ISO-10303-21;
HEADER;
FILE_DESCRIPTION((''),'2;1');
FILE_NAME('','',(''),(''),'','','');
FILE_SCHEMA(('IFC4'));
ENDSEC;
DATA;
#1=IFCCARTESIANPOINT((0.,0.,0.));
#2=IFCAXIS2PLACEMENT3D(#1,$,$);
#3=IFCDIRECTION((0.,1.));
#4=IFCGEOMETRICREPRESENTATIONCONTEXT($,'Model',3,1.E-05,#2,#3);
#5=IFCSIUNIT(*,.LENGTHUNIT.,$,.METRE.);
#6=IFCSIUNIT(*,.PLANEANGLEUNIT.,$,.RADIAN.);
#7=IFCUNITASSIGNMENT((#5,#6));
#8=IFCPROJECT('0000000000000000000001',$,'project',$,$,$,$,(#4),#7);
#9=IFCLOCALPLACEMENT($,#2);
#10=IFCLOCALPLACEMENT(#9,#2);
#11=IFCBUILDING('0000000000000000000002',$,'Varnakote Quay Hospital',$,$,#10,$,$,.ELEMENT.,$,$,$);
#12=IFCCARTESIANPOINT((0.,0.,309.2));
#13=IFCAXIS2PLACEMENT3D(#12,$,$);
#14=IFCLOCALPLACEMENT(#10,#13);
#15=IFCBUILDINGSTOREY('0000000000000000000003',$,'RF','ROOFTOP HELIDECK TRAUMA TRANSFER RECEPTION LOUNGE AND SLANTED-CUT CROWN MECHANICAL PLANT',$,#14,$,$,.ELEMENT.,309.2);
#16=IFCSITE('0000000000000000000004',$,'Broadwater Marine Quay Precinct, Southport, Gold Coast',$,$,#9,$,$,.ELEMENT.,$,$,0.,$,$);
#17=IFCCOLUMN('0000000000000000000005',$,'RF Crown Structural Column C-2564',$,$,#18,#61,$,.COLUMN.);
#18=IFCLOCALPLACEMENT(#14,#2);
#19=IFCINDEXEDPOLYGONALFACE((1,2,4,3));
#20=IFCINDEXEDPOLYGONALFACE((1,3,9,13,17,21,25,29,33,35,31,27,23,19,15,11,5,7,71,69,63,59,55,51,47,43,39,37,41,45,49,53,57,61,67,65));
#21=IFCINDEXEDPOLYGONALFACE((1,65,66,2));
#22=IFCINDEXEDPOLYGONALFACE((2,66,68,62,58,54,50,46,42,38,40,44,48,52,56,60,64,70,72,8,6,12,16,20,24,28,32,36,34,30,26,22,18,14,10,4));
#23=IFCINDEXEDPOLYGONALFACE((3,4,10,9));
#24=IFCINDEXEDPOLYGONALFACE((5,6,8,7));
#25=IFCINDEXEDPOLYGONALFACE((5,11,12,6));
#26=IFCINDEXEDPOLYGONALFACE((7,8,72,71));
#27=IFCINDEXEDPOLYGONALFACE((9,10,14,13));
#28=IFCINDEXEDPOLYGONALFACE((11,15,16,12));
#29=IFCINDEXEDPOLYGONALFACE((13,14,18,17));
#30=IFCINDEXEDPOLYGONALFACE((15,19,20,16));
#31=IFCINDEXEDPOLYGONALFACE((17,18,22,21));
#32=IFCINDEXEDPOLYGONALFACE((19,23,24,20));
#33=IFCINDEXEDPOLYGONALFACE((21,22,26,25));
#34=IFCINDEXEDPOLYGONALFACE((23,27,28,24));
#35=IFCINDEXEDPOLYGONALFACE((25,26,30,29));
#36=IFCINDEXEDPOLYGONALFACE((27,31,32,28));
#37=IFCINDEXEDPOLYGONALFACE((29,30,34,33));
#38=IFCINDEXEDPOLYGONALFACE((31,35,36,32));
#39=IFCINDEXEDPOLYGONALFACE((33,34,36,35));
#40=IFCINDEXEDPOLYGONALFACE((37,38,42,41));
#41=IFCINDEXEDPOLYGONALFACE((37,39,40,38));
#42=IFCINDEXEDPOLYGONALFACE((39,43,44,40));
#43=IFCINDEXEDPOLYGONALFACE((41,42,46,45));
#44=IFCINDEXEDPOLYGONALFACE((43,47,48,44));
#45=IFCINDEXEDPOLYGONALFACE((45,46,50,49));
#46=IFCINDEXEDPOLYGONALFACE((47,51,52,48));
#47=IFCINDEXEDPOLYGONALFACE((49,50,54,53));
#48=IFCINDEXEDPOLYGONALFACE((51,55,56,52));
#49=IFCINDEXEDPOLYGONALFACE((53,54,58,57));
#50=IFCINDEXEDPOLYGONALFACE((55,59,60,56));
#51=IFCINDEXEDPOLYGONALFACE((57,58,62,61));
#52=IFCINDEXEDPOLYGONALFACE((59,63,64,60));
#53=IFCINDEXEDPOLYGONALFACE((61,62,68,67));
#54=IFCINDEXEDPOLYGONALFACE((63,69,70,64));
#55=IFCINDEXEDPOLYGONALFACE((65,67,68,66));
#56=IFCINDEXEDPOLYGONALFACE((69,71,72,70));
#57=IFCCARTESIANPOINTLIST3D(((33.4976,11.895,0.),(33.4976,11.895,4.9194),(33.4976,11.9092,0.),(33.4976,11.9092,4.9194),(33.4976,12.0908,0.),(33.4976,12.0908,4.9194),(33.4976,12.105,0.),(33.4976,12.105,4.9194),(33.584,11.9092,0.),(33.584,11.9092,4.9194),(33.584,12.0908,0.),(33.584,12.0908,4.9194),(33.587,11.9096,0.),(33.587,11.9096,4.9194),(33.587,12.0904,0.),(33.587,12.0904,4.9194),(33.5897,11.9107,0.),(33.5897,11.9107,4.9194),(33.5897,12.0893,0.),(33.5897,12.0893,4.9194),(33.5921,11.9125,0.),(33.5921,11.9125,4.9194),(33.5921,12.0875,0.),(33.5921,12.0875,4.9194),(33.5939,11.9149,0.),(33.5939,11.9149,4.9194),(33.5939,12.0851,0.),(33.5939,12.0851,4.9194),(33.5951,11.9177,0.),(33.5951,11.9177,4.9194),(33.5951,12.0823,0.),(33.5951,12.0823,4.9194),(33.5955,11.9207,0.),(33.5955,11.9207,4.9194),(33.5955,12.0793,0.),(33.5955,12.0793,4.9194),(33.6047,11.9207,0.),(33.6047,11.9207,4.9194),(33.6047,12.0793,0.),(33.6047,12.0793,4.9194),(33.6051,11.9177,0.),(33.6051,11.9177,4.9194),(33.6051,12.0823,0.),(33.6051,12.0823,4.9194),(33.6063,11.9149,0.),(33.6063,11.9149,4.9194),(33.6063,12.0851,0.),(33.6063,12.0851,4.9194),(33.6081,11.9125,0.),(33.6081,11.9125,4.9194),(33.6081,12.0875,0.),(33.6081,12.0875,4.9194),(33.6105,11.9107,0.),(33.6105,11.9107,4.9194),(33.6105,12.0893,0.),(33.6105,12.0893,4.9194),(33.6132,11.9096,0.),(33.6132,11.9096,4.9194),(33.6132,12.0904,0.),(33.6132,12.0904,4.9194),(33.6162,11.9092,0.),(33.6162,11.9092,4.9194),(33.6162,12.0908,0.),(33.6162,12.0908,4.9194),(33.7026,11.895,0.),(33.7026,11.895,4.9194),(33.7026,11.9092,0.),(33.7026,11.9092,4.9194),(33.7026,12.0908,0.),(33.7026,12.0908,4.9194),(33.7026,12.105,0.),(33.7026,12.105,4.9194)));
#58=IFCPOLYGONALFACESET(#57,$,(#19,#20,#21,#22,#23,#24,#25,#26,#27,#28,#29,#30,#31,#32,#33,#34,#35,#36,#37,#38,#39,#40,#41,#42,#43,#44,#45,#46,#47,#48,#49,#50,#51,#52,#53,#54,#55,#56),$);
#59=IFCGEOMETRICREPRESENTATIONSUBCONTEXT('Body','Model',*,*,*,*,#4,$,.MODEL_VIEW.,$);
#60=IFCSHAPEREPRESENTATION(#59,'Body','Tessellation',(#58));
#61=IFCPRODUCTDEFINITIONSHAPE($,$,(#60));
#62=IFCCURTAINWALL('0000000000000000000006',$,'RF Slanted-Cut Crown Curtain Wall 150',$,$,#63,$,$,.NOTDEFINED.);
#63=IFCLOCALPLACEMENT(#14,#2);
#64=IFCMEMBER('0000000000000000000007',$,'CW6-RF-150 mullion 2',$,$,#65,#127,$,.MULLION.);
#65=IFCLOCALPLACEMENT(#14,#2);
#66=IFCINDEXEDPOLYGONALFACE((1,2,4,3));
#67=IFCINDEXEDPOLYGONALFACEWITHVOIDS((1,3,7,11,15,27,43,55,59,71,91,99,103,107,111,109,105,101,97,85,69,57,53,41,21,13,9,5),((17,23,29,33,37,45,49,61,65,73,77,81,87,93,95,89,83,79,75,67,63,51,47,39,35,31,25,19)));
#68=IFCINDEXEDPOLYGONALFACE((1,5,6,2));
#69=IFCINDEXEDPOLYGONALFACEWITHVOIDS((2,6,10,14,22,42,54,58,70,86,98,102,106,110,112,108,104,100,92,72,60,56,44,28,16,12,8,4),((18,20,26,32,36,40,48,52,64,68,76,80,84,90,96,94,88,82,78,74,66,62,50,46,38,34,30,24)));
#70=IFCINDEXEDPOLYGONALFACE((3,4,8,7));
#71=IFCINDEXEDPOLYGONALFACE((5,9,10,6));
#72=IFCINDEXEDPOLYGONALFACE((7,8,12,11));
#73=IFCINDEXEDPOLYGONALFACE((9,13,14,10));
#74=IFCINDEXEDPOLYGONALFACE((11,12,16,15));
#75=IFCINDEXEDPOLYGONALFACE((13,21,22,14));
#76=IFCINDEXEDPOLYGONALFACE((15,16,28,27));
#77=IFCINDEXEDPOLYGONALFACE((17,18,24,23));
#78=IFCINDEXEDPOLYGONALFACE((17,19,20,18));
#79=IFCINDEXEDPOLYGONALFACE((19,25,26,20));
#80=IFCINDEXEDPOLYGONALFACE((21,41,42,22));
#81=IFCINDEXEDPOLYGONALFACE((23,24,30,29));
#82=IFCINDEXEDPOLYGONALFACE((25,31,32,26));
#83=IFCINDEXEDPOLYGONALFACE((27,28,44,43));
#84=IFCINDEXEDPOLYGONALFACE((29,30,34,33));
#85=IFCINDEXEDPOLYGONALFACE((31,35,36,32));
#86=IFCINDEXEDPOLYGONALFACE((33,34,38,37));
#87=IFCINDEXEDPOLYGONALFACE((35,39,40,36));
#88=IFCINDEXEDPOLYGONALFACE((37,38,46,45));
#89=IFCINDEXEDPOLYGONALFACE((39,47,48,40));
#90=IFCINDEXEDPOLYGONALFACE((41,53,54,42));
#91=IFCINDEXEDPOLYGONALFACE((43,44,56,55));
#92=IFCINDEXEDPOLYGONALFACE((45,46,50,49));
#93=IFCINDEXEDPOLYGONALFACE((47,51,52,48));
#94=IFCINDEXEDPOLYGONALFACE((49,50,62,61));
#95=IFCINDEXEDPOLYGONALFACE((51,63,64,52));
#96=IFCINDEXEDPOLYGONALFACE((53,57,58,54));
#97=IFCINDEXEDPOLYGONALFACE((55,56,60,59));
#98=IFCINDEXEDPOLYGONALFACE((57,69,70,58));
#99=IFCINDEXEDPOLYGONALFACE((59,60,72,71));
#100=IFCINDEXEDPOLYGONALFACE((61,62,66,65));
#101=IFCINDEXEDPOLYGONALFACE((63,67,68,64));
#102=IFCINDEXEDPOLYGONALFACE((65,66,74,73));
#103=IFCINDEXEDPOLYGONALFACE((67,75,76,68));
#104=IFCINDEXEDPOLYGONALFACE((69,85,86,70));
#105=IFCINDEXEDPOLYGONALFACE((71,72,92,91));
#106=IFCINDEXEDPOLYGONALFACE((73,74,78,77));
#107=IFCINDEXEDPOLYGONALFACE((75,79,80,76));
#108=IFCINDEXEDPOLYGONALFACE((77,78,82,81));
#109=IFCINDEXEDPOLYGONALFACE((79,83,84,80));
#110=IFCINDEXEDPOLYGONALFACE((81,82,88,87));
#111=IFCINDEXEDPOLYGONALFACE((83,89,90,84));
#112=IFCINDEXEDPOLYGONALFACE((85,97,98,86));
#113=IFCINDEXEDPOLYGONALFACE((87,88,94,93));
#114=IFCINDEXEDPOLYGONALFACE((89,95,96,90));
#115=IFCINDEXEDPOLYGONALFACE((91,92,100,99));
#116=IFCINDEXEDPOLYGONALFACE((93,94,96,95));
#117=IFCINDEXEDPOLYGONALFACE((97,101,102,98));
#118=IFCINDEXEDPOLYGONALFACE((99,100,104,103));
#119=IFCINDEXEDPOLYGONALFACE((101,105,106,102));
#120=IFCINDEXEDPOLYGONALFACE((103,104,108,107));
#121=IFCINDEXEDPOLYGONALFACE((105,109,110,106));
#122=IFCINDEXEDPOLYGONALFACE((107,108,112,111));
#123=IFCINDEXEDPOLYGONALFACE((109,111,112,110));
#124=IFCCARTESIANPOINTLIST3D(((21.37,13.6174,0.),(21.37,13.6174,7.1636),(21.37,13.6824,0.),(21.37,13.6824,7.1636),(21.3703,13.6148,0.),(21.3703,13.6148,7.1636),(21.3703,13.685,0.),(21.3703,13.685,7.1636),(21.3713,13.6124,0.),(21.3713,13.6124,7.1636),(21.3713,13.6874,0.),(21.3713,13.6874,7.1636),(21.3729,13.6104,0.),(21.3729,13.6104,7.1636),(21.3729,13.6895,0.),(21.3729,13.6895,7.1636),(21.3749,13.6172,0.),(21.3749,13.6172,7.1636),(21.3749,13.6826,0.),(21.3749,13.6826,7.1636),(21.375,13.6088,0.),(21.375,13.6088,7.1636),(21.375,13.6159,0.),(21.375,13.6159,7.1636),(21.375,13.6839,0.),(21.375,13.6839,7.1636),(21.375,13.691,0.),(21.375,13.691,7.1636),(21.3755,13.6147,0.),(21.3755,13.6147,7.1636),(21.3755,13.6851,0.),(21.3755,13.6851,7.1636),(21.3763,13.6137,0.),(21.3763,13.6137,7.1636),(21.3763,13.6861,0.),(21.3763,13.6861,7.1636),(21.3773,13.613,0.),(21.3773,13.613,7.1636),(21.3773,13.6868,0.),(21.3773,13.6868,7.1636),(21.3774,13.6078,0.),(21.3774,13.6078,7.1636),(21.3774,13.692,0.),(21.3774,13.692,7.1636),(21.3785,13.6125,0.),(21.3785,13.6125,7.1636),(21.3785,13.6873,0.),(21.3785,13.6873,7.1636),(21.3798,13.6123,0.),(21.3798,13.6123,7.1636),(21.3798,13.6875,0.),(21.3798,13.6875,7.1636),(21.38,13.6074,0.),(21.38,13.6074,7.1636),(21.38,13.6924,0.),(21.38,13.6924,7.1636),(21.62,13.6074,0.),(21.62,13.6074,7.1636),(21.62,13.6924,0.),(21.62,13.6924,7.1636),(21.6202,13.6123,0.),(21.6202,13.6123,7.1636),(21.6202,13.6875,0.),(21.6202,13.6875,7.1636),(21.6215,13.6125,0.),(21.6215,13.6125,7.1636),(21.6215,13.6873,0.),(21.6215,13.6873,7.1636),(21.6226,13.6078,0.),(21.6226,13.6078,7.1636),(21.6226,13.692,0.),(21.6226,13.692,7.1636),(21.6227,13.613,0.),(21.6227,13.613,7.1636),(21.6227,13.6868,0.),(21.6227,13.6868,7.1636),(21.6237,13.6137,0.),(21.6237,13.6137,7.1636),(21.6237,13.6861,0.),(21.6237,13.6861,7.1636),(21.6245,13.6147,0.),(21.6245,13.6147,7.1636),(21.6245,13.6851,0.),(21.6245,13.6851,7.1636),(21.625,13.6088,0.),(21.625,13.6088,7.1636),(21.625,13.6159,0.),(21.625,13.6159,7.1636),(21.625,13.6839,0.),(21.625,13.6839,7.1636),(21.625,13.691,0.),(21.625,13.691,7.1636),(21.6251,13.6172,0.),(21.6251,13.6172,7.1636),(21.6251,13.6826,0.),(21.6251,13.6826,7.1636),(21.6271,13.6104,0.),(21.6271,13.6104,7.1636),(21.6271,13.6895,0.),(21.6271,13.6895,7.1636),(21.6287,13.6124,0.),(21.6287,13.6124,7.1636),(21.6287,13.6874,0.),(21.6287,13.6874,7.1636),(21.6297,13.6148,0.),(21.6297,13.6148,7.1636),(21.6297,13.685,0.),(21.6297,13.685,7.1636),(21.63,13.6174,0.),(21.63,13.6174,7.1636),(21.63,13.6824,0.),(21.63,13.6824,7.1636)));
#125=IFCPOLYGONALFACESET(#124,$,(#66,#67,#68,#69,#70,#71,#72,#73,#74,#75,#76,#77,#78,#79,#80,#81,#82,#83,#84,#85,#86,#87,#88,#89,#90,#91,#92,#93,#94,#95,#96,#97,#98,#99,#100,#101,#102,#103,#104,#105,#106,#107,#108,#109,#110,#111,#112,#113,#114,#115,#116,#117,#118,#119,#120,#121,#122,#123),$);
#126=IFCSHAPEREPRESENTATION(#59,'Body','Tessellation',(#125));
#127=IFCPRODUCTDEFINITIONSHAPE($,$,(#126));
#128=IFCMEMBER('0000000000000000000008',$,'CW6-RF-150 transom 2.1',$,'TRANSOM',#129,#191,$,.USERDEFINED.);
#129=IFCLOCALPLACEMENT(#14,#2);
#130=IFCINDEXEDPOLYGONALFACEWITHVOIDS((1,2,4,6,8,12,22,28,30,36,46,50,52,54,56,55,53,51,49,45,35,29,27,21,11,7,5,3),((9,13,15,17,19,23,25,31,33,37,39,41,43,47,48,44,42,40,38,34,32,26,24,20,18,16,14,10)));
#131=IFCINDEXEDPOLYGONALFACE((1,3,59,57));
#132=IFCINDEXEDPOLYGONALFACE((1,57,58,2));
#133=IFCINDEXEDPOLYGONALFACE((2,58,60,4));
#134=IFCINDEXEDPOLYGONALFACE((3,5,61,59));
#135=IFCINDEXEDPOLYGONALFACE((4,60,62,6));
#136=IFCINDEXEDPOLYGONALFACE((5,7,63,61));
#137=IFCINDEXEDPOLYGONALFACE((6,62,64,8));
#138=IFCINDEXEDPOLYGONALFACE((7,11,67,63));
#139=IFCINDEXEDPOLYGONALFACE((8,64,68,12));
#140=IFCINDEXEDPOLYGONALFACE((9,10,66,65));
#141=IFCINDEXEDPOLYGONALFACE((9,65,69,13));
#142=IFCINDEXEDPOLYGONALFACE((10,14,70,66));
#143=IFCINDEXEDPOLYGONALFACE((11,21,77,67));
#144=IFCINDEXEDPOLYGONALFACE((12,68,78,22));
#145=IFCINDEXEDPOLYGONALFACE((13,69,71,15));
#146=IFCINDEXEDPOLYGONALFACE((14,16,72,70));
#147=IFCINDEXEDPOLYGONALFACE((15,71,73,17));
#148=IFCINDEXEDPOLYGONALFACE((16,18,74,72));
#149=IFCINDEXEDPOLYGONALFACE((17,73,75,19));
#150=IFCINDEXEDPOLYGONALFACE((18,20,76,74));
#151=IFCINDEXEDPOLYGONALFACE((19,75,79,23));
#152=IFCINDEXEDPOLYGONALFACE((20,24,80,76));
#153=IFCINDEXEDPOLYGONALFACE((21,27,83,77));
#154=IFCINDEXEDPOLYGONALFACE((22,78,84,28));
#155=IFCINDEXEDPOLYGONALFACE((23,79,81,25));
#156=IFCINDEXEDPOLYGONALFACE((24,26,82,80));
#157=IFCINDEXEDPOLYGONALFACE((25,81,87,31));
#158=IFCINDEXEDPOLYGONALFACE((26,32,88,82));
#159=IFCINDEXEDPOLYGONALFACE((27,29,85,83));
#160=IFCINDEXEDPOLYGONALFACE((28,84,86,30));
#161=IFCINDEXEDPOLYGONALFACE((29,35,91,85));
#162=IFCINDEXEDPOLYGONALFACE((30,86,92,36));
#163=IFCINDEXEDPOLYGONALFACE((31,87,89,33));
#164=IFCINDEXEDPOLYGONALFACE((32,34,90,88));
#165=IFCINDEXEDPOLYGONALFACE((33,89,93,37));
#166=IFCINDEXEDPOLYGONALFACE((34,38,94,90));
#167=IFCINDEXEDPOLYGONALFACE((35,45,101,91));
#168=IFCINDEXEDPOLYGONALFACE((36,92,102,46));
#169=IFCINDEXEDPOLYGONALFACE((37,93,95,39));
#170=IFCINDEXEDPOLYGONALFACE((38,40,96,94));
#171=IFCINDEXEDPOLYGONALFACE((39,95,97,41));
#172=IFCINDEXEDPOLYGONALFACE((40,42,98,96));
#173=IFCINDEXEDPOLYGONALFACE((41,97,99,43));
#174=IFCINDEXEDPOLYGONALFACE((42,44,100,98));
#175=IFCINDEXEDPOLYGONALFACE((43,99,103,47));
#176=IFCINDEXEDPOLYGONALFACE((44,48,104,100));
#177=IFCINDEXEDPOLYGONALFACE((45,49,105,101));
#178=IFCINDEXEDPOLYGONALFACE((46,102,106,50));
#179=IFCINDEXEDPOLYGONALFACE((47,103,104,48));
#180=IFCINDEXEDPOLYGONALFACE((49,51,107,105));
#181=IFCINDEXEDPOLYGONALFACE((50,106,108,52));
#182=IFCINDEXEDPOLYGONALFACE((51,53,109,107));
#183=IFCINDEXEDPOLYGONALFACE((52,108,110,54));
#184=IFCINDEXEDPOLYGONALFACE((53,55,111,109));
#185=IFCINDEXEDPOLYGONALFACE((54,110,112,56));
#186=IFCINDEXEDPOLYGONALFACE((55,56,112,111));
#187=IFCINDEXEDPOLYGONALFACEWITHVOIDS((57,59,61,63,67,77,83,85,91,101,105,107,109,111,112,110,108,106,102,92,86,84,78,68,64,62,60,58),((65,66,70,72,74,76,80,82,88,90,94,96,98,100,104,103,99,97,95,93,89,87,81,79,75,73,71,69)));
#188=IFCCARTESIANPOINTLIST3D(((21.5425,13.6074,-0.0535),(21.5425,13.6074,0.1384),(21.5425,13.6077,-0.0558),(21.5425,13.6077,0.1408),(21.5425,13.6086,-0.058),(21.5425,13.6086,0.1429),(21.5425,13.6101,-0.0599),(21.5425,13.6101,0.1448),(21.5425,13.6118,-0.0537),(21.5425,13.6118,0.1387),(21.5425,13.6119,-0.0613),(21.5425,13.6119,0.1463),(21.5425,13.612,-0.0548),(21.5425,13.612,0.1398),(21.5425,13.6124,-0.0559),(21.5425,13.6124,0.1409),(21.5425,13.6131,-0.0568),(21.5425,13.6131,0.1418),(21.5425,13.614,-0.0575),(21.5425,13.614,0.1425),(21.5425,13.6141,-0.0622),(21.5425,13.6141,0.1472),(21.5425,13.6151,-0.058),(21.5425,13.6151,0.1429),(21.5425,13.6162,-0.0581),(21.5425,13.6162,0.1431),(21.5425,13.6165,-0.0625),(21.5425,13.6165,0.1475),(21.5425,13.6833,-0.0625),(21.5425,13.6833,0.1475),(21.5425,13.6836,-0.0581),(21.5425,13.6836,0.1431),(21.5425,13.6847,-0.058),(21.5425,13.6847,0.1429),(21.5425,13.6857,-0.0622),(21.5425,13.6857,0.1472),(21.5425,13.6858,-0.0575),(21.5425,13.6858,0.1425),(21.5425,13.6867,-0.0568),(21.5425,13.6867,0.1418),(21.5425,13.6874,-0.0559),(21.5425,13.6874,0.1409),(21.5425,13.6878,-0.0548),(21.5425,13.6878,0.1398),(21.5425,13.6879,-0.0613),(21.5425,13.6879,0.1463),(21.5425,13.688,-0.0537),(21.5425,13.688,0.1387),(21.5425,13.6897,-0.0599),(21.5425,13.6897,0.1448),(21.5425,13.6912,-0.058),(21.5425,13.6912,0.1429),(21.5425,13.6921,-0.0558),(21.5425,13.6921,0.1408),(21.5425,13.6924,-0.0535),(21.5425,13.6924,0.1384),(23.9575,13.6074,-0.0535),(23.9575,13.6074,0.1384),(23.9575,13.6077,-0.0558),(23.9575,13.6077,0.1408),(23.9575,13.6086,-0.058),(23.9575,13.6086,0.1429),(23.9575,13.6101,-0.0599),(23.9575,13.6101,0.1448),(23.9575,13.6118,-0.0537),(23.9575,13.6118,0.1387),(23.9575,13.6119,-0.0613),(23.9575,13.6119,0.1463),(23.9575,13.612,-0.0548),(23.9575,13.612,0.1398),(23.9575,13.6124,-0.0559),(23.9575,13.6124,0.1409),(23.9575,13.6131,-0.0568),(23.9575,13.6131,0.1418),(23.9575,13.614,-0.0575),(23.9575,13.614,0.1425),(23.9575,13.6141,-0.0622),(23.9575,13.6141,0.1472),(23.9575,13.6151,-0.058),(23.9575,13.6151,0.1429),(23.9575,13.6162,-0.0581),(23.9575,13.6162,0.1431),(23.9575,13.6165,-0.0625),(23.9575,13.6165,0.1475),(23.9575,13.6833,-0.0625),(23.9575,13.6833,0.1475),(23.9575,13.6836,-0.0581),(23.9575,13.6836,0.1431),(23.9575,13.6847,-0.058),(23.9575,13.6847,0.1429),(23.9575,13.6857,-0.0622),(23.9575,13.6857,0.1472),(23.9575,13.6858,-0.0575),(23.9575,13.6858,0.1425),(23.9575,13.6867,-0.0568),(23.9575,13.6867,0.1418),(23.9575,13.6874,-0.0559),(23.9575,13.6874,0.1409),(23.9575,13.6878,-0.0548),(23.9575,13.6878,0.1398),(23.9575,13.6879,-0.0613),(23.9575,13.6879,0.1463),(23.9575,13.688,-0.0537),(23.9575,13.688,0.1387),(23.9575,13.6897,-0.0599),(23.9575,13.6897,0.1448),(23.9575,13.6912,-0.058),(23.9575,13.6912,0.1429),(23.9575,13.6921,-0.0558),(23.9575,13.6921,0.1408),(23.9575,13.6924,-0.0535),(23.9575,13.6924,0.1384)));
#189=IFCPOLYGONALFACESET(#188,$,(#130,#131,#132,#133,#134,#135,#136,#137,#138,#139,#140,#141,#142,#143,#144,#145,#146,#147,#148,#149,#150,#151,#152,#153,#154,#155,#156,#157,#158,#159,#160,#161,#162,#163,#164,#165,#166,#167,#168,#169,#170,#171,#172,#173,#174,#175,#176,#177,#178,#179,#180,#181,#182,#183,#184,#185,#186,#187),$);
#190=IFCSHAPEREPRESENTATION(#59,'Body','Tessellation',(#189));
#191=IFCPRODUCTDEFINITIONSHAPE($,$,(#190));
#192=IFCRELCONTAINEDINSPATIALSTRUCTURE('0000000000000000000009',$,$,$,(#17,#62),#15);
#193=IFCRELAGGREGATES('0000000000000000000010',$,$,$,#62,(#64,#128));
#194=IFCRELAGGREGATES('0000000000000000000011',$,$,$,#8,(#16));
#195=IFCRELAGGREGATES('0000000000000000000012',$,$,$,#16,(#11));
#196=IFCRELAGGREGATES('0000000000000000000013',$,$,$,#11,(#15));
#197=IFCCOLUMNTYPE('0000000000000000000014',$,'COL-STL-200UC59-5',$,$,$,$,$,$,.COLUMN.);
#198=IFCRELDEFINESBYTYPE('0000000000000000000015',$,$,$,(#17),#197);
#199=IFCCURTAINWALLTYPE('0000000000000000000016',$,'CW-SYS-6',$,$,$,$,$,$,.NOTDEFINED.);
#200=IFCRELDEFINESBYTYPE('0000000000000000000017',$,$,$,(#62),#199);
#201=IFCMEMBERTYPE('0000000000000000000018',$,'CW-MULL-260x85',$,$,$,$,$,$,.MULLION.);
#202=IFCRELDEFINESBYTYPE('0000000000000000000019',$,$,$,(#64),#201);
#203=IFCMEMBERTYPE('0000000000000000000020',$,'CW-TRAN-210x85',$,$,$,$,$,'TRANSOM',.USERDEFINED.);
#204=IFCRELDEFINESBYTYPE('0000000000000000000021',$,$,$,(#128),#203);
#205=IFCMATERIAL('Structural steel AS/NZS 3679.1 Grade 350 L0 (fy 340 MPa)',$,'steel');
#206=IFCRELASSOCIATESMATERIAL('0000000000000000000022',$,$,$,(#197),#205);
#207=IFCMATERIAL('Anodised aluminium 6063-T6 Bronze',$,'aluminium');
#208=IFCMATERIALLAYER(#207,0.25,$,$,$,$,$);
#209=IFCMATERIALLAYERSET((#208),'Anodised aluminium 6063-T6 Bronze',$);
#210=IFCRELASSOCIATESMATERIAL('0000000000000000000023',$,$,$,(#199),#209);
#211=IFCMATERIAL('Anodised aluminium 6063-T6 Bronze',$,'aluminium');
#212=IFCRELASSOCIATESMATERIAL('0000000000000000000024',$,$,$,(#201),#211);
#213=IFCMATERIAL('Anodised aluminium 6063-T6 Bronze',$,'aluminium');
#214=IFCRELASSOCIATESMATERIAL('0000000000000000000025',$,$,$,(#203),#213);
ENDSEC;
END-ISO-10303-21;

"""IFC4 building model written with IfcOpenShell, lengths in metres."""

from ifc_helpers import new_model, si_unit, direction, frame, origin, origin_2d, place, context, subcontext, project, spatial, hollow_rectangle, i_section, extrude, material, layer, layer_set, material_profile, profile_set, type_object, element, aggregate, save


model = new_model("IFC4")

# Units and contexts
model_context = context("Model", 3, precision=1e-05, world=origin(), true_north=direction((0.0, 1.0)))
body_context = subcontext(model_context, "Body", "Model", "MODEL_VIEW")
ifc_project = project(units=[si_unit("LENGTHUNIT", "METRE"), si_unit("PLANEANGLEUNIT", "RADIAN")], contexts=[model_context])

# Site, building, storey
site_placement = place(None, origin())
site = spatial("IfcSite", under=ifc_project, at=site_placement, Name="Broadwater Marine Quay Precinct, Southport, Gold Coast", CompositionType="ELEMENT", RefElevation=0.0)
building_placement = place(site_placement, origin())
building = spatial("IfcBuilding", under=site, at=building_placement, Name="Varnakote Quay Hospital", CompositionType="ELEMENT")
storey_placement = place(building_placement, frame((0.0, 0.0, 309.2)))
storey = spatial("IfcBuildingStorey", under=building, at=storey_placement, Name="RF", Description="ROOFTOP HELIDECK TRAUMA TRANSFER RECEPTION LOUNGE AND SLANTED-CUT CROWN MECHANICAL PLANT", CompositionType="ELEMENT", Elevation=309.2)

# Column
ifc_material_1 = material(Name="Structural steel AS/NZS 3679.1 Grade 350 L0 (fy 340 MPa)", Category="steel")
ifc_material_profile_1 = material_profile(ifc_material_1, i_section(OverallWidth=0.2051, OverallDepth=0.21, WebThickness=0.0093, FlangeThickness=0.0142, FilletRadius=0.0115, at=origin_2d()), Name="200UC59.5")
ifc_profile_set_1 = profile_set([ifc_material_profile_1], Name="Structural steel AS/NZS 3679.1 Grade 350 L0 (fy 340 MPa)")
column_type_1 = type_object("IfcColumnType", Name="COL-STL-200UC59-5", PredefinedType="COLUMN", material=ifc_profile_set_1)
column_1_placement = place(storey_placement, frame((33.6001, 12.0, 0.0), z_axis=(0.0, 0.0, 1.0), x_axis=(1.0, 0.0, 0.0)))
element("IfcColumn", 1, at=column_1_placement, inside=storey, type_object=column_type_1, Name="RF Crown Structural Column C-2564", PredefinedType="COLUMN", context=body_context, shape_type="SweptSolid", body=[
    extrude(i_section(OverallWidth=0.2051, OverallDepth=0.21, WebThickness=0.0093, FlangeThickness=0.0142, FilletRadius=0.0115, at=origin_2d()), origin(), (0.0, 0.0, 1.0), 4.9194),
])

# Curtain wall, members
ifc_material_2 = material(Name="Anodised aluminium 6063-T6 Bronze", Category="aluminium")
ifc_layer_1 = layer(ifc_material_2, 0.25)
ifc_layer_set_1 = layer_set([ifc_layer_1], Name="Anodised aluminium 6063-T6 Bronze")
curtain_wall_type = type_object("IfcCurtainWallType", Name="CW-SYS-6", PredefinedType="NOTDEFINED", material=ifc_layer_set_1)
curtain_wall_placement = place(storey_placement, origin())
curtain_wall = element("IfcCurtainWall", 2, at=curtain_wall_placement, inside=storey, type_object=curtain_wall_type, Name="RF Slanted-Cut Crown Curtain Wall 150", PredefinedType="NOTDEFINED")
ifc_material_3 = material(Name="Anodised aluminium 6063-T6 Bronze", Category="aluminium")
ifc_material_profile_2 = material_profile(ifc_material_3, hollow_rectangle(XDim=0.085, YDim=0.26, WallThickness=0.0049, InnerFilletRadius=0.0049, OuterFilletRadius=0.01, at=origin_2d()), Name="CW-MULL-260x85")
ifc_profile_set_2 = profile_set([ifc_material_profile_2], Name="Anodised aluminium 6063-T6 Bronze")
member_type_1 = type_object("IfcMemberType", Name="CW-MULL-260x85", PredefinedType="MULLION", material=ifc_profile_set_2)
member_1_placement = place(storey_placement, frame((21.5, 13.6499, 0.0), z_axis=(0.0, 0.0, 1.0), x_axis=(0.0, 1.0, 0.0)))
member_1 = element("IfcMember", 3, at=member_1_placement, type_object=member_type_1, Name="CW6-RF-150 mullion 2", PredefinedType="MULLION", context=body_context, shape_type="SweptSolid", body=[
    extrude(hollow_rectangle(XDim=0.085, YDim=0.26, WallThickness=0.0049, InnerFilletRadius=0.0049, OuterFilletRadius=0.01, at=origin_2d()), origin(), (0.0, 0.0, 1.0), 7.1636),
])
ifc_material_4 = material(Name="Anodised aluminium 6063-T6 Bronze", Category="aluminium")
ifc_material_profile_3 = material_profile(ifc_material_4, hollow_rectangle(XDim=0.085, YDim=0.21, WallThickness=0.0044, InnerFilletRadius=0.0044, OuterFilletRadius=0.009, at=origin_2d()), Name="CW-TRAN-210x85")
ifc_profile_set_3 = profile_set([ifc_material_profile_3], Name="Anodised aluminium 6063-T6 Bronze")
member_type_2 = type_object("IfcMemberType", Name="CW-TRAN-210x85", ElementType="TRANSOM", PredefinedType="USERDEFINED", material=ifc_profile_set_3)
member_2_placement = place(storey_placement, frame((21.5425, 13.6499, 0.0425), z_axis=(1.0, 0.0, 0.0), x_axis=(0.0, 1.0, 0.0)))
member_2 = element("IfcMember", 4, at=member_2_placement, type_object=member_type_2, Name="CW6-RF-150 transom 2.1", ObjectType="TRANSOM", PredefinedType="USERDEFINED", context=body_context, shape_type="SweptSolid", body=[
    extrude(hollow_rectangle(XDim=0.085, YDim=0.21, WallThickness=0.0044, InnerFilletRadius=0.0044, OuterFilletRadius=0.009, at=origin_2d()), origin(), (0.0, 0.0, 1.0), 2.415),
])
aggregate(curtain_wall, [member_1, member_2])

save(model, "model.ifc")
